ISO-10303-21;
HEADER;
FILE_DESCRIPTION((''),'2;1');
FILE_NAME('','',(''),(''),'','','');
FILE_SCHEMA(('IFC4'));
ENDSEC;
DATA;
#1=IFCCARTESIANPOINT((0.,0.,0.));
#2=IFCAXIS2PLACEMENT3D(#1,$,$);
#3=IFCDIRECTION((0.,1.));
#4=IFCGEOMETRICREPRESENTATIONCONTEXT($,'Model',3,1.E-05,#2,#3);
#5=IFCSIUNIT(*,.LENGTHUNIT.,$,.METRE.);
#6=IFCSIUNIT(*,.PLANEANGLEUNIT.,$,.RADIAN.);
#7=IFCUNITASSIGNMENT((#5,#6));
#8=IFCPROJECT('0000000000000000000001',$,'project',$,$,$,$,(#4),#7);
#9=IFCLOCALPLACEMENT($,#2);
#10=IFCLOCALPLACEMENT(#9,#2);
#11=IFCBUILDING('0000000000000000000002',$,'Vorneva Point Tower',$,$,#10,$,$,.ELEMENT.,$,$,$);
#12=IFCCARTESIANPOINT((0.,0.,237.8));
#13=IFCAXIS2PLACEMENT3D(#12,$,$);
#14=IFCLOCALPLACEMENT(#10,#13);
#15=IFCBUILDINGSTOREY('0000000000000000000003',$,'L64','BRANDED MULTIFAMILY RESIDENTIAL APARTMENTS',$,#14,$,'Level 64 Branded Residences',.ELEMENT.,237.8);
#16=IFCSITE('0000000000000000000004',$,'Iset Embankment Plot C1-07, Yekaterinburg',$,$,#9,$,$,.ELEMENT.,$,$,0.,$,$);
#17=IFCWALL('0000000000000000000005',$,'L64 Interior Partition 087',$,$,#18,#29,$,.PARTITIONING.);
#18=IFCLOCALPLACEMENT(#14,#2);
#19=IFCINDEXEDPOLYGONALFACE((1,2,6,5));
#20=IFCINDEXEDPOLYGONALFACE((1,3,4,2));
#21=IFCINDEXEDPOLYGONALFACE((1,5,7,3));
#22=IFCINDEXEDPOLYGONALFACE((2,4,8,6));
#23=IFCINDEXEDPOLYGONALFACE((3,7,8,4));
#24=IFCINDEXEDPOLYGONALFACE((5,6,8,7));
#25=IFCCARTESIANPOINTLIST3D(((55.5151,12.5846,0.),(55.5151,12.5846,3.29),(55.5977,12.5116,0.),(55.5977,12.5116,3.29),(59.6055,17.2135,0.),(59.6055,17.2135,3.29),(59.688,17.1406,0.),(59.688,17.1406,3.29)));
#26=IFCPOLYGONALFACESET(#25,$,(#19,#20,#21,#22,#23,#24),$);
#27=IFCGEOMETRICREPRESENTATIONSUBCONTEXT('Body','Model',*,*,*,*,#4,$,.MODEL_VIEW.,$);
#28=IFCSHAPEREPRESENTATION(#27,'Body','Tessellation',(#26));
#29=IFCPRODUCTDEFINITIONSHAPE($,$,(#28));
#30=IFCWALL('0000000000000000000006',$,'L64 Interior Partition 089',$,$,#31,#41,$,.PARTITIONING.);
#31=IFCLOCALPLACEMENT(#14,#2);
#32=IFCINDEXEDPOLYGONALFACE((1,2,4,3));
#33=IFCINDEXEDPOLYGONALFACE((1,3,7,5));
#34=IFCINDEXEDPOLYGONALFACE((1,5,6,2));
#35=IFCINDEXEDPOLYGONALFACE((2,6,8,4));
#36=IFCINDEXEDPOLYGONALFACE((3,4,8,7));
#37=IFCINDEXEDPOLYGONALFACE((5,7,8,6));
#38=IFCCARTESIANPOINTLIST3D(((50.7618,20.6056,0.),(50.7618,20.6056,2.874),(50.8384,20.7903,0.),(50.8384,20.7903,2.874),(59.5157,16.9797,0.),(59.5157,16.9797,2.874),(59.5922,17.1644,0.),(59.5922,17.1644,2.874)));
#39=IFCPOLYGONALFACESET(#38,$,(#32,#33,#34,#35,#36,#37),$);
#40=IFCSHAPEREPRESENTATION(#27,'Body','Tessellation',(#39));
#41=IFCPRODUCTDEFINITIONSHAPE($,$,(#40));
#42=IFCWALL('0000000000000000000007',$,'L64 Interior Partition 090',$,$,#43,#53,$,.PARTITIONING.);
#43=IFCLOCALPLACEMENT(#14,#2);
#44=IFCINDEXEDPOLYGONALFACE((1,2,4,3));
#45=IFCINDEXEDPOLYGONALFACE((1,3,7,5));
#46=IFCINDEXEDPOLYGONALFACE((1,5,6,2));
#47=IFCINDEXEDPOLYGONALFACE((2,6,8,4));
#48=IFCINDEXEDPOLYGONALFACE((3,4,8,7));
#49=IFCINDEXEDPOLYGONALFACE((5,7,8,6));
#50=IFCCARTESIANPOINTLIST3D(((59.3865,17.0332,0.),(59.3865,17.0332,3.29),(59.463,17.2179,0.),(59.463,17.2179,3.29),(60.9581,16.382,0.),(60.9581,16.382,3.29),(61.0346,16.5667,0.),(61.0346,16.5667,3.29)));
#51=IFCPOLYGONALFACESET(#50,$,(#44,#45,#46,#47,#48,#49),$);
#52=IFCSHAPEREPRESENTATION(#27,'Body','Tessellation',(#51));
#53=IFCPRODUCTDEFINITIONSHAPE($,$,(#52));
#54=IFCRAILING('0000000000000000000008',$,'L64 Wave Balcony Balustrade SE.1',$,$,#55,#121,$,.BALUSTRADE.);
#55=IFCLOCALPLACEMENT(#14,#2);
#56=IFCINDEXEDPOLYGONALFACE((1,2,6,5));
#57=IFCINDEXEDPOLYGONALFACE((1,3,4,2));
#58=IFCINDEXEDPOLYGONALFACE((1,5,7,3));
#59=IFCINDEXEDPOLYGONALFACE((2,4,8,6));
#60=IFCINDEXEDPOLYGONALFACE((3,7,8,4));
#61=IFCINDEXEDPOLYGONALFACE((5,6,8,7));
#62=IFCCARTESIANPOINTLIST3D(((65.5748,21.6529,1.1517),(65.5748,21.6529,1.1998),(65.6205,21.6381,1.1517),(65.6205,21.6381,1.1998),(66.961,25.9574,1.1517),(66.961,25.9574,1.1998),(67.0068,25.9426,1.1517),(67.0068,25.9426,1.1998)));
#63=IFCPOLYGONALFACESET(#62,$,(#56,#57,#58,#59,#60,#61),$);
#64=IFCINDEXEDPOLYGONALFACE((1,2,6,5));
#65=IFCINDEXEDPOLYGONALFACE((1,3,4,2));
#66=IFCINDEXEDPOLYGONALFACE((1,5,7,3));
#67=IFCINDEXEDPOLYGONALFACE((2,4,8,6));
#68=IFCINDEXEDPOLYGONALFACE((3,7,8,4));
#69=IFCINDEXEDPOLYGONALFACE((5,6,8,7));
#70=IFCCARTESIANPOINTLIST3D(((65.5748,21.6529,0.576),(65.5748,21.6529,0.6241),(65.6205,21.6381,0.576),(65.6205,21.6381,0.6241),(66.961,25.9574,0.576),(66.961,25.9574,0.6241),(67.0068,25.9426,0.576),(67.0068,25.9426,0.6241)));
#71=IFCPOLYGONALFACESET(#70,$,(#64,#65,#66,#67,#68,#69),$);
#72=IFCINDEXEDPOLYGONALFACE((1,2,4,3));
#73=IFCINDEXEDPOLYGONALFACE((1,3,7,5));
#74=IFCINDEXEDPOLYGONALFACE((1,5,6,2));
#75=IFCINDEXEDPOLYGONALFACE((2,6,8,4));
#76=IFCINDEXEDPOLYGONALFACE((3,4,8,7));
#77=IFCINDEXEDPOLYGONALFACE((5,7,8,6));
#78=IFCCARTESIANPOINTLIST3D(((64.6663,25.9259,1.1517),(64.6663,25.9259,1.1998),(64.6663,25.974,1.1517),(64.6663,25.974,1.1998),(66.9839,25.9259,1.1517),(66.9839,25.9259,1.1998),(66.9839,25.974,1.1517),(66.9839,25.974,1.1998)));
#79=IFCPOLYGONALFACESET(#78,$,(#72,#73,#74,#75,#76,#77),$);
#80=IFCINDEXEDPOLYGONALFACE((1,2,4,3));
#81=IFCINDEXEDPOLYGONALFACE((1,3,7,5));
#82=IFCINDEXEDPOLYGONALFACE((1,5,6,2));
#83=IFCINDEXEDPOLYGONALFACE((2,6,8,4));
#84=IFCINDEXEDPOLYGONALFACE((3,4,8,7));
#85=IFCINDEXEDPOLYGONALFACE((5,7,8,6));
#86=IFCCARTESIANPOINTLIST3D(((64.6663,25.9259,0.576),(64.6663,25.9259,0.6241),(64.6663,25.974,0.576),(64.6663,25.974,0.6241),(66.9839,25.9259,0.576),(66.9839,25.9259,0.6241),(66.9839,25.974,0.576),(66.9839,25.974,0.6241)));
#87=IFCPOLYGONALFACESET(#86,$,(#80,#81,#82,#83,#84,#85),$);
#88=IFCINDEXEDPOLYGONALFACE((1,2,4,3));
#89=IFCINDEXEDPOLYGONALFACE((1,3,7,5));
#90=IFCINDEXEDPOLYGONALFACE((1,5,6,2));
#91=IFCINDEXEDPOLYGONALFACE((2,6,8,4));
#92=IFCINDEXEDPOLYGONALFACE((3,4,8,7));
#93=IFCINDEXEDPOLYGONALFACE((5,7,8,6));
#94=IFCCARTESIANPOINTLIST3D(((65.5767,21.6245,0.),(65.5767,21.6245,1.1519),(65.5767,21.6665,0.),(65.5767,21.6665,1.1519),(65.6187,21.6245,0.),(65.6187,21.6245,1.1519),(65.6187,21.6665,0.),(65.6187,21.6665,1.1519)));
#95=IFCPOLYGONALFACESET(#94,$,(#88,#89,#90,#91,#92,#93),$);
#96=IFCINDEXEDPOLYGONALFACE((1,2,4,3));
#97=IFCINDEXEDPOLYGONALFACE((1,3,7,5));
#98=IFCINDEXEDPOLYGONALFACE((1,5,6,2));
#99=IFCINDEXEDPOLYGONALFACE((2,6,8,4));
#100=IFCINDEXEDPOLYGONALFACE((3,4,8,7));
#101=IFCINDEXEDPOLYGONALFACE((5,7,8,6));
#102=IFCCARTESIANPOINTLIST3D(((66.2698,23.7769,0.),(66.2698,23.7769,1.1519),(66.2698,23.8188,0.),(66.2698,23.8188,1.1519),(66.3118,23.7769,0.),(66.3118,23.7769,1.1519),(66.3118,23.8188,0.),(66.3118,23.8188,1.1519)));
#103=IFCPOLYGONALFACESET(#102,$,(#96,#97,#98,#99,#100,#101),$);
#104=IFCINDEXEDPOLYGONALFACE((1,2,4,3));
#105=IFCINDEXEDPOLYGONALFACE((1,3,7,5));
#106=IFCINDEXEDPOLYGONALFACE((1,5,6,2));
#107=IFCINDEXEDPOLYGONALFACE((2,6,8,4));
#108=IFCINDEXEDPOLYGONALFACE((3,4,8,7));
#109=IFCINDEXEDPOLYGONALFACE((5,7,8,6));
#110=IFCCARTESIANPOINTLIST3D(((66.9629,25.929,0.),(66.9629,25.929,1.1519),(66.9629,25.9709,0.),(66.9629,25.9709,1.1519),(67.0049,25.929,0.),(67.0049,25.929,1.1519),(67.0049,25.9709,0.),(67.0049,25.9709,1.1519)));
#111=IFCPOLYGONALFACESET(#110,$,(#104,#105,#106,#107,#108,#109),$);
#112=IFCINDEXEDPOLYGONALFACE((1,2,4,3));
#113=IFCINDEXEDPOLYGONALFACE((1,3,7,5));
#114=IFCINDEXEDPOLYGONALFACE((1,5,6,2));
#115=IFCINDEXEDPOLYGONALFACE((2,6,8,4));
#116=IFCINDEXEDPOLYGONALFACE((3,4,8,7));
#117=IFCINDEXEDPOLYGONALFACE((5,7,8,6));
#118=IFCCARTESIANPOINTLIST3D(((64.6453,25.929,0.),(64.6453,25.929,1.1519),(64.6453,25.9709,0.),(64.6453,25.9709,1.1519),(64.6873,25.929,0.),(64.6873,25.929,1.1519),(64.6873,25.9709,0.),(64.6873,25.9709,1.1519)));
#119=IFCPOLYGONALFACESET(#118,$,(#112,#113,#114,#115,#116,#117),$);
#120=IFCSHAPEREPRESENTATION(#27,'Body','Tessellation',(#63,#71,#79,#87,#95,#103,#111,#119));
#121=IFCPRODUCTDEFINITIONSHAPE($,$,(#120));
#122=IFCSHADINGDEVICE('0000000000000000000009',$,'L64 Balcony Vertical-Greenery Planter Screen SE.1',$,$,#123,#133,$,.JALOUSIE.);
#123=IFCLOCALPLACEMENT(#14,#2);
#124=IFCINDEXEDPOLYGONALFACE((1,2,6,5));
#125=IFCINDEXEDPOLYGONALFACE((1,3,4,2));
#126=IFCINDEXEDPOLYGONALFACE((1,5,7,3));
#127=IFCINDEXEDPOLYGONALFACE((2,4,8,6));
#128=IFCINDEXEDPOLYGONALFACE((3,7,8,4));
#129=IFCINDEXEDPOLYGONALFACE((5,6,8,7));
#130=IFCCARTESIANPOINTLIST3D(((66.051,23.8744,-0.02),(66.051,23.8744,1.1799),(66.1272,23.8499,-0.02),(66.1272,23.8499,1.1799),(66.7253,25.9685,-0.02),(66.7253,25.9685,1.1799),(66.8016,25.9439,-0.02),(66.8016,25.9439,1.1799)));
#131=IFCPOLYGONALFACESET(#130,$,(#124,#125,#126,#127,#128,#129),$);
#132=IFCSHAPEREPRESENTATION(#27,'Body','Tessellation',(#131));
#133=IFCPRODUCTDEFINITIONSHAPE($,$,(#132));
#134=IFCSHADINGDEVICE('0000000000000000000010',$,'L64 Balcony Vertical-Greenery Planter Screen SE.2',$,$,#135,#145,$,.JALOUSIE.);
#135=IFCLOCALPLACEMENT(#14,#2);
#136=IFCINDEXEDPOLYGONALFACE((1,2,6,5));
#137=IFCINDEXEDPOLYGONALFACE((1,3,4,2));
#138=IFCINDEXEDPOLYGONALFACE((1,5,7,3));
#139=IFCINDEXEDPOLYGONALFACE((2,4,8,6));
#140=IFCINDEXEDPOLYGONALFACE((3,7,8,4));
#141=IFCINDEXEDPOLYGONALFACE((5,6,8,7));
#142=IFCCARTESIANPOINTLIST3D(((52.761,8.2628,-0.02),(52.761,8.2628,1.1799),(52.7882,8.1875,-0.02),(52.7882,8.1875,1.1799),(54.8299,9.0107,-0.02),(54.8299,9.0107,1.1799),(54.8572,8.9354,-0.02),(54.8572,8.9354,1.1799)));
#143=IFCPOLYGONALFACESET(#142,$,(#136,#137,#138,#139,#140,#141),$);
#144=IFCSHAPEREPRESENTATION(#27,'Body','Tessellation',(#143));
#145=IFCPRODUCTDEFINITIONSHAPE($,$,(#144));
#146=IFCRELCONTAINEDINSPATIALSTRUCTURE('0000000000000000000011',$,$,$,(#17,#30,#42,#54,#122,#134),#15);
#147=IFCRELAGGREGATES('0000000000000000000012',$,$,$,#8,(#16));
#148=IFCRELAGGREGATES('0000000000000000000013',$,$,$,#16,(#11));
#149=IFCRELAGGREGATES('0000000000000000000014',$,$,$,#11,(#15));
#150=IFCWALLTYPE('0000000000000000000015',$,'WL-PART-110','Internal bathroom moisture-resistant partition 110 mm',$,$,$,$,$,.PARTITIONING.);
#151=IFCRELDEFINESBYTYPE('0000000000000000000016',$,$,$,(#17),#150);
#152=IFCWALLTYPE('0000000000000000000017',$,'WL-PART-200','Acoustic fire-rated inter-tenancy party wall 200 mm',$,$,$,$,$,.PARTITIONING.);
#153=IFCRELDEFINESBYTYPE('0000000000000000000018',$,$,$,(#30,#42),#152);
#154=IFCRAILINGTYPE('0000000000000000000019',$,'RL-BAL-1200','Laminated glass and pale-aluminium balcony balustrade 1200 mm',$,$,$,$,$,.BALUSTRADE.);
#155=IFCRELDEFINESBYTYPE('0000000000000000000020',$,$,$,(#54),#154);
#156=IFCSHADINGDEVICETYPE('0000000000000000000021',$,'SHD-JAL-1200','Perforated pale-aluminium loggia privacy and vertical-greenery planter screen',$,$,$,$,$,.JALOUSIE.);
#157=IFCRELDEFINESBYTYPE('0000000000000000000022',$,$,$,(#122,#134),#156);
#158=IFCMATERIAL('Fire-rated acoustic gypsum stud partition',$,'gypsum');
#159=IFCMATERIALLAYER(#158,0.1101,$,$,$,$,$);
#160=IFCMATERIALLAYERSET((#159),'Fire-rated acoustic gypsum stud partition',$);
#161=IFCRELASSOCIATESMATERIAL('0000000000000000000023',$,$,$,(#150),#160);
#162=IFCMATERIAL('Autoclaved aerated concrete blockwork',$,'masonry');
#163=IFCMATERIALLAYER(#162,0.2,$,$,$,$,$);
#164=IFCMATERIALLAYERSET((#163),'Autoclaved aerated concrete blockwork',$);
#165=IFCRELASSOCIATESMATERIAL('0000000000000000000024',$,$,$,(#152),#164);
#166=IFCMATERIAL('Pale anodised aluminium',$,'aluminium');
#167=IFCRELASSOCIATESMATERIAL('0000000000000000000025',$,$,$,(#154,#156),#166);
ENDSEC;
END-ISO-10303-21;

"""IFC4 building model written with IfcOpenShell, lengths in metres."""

from ifc_helpers import new_model, si_unit, direction, frame, frame_2d, origin, origin_2d, place, context, subcontext, project, spatial, rectangle, extrude, material, layer, layer_set, type_object, element, save


model = new_model("IFC4")

# Units and contexts
model_context = context("Model", 3, precision=1e-05, world=origin(), true_north=direction((0.0, 1.0)))
body_context = subcontext(model_context, "Body", "Model", "MODEL_VIEW")
ifc_project = project(units=[si_unit("LENGTHUNIT", "METRE"), si_unit("PLANEANGLEUNIT", "RADIAN")], contexts=[model_context])

# Site, building, storey
site_placement = place(None, origin())
site = spatial("IfcSite", under=ifc_project, at=site_placement, Name="Iset Embankment Plot C1-07, Yekaterinburg", CompositionType="ELEMENT", RefElevation=0.0)
building_placement = place(site_placement, origin())
building = spatial("IfcBuilding", under=site, at=building_placement, Name="Vorneva Point Tower", CompositionType="ELEMENT")
storey_placement = place(building_placement, frame((0.0, 0.0, 237.8)))
storey = spatial("IfcBuildingStorey", under=building, at=storey_placement, Name="L64", Description="BRANDED MULTIFAMILY RESIDENTIAL APARTMENTS", LongName="Level 64 Branded Residences", CompositionType="ELEMENT", Elevation=237.8)

# Shared definitions
ifc_material_1 = material(Name="Pale anodised aluminium", Category="aluminium")

# Walls
ifc_material_2 = material(Name="Fire-rated acoustic gypsum stud partition", Category="gypsum")
ifc_layer_1 = layer(ifc_material_2, 0.1101)
ifc_layer_set_1 = layer_set([ifc_layer_1], Name="Fire-rated acoustic gypsum stud partition")
wall_type_1 = type_object("IfcWallType", Name="WL-PART-110", Description="Internal bathroom moisture-resistant partition 110 mm", PredefinedType="PARTITIONING", material=ifc_layer_set_1)
wall_1_placement = place(storey_placement, frame((55.5564, 12.5481, 0.0), z_axis=(0.0, 0.0, 1.0), x_axis=(0.662168, 0.749356, 0.0)))
element("IfcWall", 1, at=wall_1_placement, inside=storey, type_object=wall_type_1, Name="L64 Interior Partition 087", PredefinedType="PARTITIONING", context=body_context, shape_type="SweptSolid", body=[
    extrude(rectangle(XDim=6.1772, YDim=0.1101, at=frame_2d((3.0886, 0.0))), origin(), (0.0, 0.0, 1.0), 3.29),
])
ifc_material_3 = material(Name="Autoclaved aerated concrete blockwork", Category="masonry")
ifc_layer_2 = layer(ifc_material_3, 0.2)
ifc_layer_set_2 = layer_set([ifc_layer_2], Name="Autoclaved aerated concrete blockwork")
wall_type_2 = type_object("IfcWallType", Name="WL-PART-200", Description="Acoustic fire-rated inter-tenancy party wall 200 mm", PredefinedType="PARTITIONING", material=ifc_layer_set_2)
wall_2_placement = place(storey_placement, frame((59.554, 17.072, 0.0), z_axis=(0.0, 0.0, 1.0), x_axis=(-0.92388, 0.382683, 0.0)))
element("IfcWall", 2, at=wall_2_placement, inside=storey, type_object=wall_type_2, Name="L64 Interior Partition 089", PredefinedType="PARTITIONING", context=body_context, shape_type="SweptSolid", body=[
    extrude(rectangle(XDim=9.4751, YDim=0.2, at=frame_2d((4.7375, 0.0))), origin(), (0.0, 0.0, 1.0), 2.874),
])
wall_3_placement = place(storey_placement, frame((60.9963, 16.4744, 0.0), z_axis=(0.0, 0.0, 1.0), x_axis=(-0.923844, 0.38277, 0.0)))
element("IfcWall", 3, at=wall_3_placement, inside=storey, type_object=wall_type_2, Name="L64 Interior Partition 090", PredefinedType="PARTITIONING", context=body_context, shape_type="SweptSolid", body=[
    extrude(rectangle(XDim=1.7012, YDim=0.2, at=frame_2d((0.8506, 0.0))), origin(), (0.0, 0.0, 1.0), 3.29),
])

# Railing
railing_type = type_object("IfcRailingType", Name="RL-BAL-1200", Description="Laminated glass and pale-aluminium balcony balustrade 1200 mm", PredefinedType="BALUSTRADE", material=ifc_material_1)
railing_placement = place(storey_placement, frame((65.5977, 21.6455, 0.0)))
element("IfcRailing", 4, at=railing_placement, inside=storey, type_object=railing_type, Name="L64 Wave Balcony Balustrade SE.1", PredefinedType="BALUSTRADE", context=body_context, shape_type="SweptSolid", body=[
    extrude(rectangle(XDim=0.0481, YDim=0.0481, at=origin_2d()), frame((0.0, 0.0, 1.1758), z_axis=(0.306542, 0.951857, 0.0), x_axis=(-0.951857, 0.306542, 0.0)), (0.0, 0.0, 1.0), 4.5222),
    extrude(rectangle(XDim=0.0481, YDim=0.0481, at=origin_2d()), frame((0.0, 0.0, 0.6001), z_axis=(0.306542, 0.951857, 0.0), x_axis=(-0.951857, 0.306542, 0.0)), (0.0, 0.0, 1.0), 4.5222),
    extrude(rectangle(XDim=0.0481, YDim=0.0481, at=origin_2d()), frame((1.3862, 4.3044, 1.1758), z_axis=(-1.0, 0.0, 0.0), x_axis=(0.0, -1.0, 0.0)), (0.0, 0.0, 1.0), 2.3176),
    extrude(rectangle(XDim=0.0481, YDim=0.0481, at=origin_2d()), frame((1.3862, 4.3044, 0.6001), z_axis=(-1.0, 0.0, 0.0), x_axis=(0.0, -1.0, 0.0)), (0.0, 0.0, 1.0), 2.3176),
    extrude(rectangle(XDim=0.042, YDim=0.042, at=origin_2d()), origin(), (0.0, 0.0, 1.0), 1.1519),
    extrude(rectangle(XDim=0.042, YDim=0.042, at=origin_2d()), frame((0.6931, 2.1523, 0.0)), (0.0, 0.0, 1.0), 1.1519),
    extrude(rectangle(XDim=0.042, YDim=0.042, at=origin_2d()), frame((1.3862, 4.3044, 0.0)), (0.0, 0.0, 1.0), 1.1519),
    extrude(rectangle(XDim=0.042, YDim=0.042, at=origin_2d()), frame((-0.9314, 4.3044, 0.0)), (0.0, 0.0, 1.0), 1.1519),
])

# Shading devices
shading_device_type = type_object("IfcShadingDeviceType", Name="SHD-JAL-1200", Description="Perforated pale-aluminium loggia privacy and vertical-greenery planter screen", PredefinedType="JALOUSIE", material=ifc_material_1)
for number, where, z_axis, x_axis, name in (
    (5, (66.4263, 24.9092, -0.02), (0.0, 0.0, 1.0), (0.306526, 0.951862, 0.0), "L64 Balcony Vertical-Greenery Planter Screen SE.1"),
    (6, (53.8091, 8.5991, -0.02), (0.0, 0.0, 1.0), (0.940437, 0.339969, 0.0), "L64 Balcony Vertical-Greenery Planter Screen SE.2"),
):
    element("IfcShadingDevice", number, at=place(storey_placement, frame(where, z_axis=z_axis, x_axis=x_axis)), inside=storey, type_object=shading_device_type, Name=name, PredefinedType="JALOUSIE", context=body_context, shape_type="SweptSolid", body=[
        extrude(rectangle(XDim=2.2, YDim=0.0801, at=origin_2d()), origin(), (0.0, 0.0, 1.0), 1.2),
    ])

save(model, "model.ifc")
